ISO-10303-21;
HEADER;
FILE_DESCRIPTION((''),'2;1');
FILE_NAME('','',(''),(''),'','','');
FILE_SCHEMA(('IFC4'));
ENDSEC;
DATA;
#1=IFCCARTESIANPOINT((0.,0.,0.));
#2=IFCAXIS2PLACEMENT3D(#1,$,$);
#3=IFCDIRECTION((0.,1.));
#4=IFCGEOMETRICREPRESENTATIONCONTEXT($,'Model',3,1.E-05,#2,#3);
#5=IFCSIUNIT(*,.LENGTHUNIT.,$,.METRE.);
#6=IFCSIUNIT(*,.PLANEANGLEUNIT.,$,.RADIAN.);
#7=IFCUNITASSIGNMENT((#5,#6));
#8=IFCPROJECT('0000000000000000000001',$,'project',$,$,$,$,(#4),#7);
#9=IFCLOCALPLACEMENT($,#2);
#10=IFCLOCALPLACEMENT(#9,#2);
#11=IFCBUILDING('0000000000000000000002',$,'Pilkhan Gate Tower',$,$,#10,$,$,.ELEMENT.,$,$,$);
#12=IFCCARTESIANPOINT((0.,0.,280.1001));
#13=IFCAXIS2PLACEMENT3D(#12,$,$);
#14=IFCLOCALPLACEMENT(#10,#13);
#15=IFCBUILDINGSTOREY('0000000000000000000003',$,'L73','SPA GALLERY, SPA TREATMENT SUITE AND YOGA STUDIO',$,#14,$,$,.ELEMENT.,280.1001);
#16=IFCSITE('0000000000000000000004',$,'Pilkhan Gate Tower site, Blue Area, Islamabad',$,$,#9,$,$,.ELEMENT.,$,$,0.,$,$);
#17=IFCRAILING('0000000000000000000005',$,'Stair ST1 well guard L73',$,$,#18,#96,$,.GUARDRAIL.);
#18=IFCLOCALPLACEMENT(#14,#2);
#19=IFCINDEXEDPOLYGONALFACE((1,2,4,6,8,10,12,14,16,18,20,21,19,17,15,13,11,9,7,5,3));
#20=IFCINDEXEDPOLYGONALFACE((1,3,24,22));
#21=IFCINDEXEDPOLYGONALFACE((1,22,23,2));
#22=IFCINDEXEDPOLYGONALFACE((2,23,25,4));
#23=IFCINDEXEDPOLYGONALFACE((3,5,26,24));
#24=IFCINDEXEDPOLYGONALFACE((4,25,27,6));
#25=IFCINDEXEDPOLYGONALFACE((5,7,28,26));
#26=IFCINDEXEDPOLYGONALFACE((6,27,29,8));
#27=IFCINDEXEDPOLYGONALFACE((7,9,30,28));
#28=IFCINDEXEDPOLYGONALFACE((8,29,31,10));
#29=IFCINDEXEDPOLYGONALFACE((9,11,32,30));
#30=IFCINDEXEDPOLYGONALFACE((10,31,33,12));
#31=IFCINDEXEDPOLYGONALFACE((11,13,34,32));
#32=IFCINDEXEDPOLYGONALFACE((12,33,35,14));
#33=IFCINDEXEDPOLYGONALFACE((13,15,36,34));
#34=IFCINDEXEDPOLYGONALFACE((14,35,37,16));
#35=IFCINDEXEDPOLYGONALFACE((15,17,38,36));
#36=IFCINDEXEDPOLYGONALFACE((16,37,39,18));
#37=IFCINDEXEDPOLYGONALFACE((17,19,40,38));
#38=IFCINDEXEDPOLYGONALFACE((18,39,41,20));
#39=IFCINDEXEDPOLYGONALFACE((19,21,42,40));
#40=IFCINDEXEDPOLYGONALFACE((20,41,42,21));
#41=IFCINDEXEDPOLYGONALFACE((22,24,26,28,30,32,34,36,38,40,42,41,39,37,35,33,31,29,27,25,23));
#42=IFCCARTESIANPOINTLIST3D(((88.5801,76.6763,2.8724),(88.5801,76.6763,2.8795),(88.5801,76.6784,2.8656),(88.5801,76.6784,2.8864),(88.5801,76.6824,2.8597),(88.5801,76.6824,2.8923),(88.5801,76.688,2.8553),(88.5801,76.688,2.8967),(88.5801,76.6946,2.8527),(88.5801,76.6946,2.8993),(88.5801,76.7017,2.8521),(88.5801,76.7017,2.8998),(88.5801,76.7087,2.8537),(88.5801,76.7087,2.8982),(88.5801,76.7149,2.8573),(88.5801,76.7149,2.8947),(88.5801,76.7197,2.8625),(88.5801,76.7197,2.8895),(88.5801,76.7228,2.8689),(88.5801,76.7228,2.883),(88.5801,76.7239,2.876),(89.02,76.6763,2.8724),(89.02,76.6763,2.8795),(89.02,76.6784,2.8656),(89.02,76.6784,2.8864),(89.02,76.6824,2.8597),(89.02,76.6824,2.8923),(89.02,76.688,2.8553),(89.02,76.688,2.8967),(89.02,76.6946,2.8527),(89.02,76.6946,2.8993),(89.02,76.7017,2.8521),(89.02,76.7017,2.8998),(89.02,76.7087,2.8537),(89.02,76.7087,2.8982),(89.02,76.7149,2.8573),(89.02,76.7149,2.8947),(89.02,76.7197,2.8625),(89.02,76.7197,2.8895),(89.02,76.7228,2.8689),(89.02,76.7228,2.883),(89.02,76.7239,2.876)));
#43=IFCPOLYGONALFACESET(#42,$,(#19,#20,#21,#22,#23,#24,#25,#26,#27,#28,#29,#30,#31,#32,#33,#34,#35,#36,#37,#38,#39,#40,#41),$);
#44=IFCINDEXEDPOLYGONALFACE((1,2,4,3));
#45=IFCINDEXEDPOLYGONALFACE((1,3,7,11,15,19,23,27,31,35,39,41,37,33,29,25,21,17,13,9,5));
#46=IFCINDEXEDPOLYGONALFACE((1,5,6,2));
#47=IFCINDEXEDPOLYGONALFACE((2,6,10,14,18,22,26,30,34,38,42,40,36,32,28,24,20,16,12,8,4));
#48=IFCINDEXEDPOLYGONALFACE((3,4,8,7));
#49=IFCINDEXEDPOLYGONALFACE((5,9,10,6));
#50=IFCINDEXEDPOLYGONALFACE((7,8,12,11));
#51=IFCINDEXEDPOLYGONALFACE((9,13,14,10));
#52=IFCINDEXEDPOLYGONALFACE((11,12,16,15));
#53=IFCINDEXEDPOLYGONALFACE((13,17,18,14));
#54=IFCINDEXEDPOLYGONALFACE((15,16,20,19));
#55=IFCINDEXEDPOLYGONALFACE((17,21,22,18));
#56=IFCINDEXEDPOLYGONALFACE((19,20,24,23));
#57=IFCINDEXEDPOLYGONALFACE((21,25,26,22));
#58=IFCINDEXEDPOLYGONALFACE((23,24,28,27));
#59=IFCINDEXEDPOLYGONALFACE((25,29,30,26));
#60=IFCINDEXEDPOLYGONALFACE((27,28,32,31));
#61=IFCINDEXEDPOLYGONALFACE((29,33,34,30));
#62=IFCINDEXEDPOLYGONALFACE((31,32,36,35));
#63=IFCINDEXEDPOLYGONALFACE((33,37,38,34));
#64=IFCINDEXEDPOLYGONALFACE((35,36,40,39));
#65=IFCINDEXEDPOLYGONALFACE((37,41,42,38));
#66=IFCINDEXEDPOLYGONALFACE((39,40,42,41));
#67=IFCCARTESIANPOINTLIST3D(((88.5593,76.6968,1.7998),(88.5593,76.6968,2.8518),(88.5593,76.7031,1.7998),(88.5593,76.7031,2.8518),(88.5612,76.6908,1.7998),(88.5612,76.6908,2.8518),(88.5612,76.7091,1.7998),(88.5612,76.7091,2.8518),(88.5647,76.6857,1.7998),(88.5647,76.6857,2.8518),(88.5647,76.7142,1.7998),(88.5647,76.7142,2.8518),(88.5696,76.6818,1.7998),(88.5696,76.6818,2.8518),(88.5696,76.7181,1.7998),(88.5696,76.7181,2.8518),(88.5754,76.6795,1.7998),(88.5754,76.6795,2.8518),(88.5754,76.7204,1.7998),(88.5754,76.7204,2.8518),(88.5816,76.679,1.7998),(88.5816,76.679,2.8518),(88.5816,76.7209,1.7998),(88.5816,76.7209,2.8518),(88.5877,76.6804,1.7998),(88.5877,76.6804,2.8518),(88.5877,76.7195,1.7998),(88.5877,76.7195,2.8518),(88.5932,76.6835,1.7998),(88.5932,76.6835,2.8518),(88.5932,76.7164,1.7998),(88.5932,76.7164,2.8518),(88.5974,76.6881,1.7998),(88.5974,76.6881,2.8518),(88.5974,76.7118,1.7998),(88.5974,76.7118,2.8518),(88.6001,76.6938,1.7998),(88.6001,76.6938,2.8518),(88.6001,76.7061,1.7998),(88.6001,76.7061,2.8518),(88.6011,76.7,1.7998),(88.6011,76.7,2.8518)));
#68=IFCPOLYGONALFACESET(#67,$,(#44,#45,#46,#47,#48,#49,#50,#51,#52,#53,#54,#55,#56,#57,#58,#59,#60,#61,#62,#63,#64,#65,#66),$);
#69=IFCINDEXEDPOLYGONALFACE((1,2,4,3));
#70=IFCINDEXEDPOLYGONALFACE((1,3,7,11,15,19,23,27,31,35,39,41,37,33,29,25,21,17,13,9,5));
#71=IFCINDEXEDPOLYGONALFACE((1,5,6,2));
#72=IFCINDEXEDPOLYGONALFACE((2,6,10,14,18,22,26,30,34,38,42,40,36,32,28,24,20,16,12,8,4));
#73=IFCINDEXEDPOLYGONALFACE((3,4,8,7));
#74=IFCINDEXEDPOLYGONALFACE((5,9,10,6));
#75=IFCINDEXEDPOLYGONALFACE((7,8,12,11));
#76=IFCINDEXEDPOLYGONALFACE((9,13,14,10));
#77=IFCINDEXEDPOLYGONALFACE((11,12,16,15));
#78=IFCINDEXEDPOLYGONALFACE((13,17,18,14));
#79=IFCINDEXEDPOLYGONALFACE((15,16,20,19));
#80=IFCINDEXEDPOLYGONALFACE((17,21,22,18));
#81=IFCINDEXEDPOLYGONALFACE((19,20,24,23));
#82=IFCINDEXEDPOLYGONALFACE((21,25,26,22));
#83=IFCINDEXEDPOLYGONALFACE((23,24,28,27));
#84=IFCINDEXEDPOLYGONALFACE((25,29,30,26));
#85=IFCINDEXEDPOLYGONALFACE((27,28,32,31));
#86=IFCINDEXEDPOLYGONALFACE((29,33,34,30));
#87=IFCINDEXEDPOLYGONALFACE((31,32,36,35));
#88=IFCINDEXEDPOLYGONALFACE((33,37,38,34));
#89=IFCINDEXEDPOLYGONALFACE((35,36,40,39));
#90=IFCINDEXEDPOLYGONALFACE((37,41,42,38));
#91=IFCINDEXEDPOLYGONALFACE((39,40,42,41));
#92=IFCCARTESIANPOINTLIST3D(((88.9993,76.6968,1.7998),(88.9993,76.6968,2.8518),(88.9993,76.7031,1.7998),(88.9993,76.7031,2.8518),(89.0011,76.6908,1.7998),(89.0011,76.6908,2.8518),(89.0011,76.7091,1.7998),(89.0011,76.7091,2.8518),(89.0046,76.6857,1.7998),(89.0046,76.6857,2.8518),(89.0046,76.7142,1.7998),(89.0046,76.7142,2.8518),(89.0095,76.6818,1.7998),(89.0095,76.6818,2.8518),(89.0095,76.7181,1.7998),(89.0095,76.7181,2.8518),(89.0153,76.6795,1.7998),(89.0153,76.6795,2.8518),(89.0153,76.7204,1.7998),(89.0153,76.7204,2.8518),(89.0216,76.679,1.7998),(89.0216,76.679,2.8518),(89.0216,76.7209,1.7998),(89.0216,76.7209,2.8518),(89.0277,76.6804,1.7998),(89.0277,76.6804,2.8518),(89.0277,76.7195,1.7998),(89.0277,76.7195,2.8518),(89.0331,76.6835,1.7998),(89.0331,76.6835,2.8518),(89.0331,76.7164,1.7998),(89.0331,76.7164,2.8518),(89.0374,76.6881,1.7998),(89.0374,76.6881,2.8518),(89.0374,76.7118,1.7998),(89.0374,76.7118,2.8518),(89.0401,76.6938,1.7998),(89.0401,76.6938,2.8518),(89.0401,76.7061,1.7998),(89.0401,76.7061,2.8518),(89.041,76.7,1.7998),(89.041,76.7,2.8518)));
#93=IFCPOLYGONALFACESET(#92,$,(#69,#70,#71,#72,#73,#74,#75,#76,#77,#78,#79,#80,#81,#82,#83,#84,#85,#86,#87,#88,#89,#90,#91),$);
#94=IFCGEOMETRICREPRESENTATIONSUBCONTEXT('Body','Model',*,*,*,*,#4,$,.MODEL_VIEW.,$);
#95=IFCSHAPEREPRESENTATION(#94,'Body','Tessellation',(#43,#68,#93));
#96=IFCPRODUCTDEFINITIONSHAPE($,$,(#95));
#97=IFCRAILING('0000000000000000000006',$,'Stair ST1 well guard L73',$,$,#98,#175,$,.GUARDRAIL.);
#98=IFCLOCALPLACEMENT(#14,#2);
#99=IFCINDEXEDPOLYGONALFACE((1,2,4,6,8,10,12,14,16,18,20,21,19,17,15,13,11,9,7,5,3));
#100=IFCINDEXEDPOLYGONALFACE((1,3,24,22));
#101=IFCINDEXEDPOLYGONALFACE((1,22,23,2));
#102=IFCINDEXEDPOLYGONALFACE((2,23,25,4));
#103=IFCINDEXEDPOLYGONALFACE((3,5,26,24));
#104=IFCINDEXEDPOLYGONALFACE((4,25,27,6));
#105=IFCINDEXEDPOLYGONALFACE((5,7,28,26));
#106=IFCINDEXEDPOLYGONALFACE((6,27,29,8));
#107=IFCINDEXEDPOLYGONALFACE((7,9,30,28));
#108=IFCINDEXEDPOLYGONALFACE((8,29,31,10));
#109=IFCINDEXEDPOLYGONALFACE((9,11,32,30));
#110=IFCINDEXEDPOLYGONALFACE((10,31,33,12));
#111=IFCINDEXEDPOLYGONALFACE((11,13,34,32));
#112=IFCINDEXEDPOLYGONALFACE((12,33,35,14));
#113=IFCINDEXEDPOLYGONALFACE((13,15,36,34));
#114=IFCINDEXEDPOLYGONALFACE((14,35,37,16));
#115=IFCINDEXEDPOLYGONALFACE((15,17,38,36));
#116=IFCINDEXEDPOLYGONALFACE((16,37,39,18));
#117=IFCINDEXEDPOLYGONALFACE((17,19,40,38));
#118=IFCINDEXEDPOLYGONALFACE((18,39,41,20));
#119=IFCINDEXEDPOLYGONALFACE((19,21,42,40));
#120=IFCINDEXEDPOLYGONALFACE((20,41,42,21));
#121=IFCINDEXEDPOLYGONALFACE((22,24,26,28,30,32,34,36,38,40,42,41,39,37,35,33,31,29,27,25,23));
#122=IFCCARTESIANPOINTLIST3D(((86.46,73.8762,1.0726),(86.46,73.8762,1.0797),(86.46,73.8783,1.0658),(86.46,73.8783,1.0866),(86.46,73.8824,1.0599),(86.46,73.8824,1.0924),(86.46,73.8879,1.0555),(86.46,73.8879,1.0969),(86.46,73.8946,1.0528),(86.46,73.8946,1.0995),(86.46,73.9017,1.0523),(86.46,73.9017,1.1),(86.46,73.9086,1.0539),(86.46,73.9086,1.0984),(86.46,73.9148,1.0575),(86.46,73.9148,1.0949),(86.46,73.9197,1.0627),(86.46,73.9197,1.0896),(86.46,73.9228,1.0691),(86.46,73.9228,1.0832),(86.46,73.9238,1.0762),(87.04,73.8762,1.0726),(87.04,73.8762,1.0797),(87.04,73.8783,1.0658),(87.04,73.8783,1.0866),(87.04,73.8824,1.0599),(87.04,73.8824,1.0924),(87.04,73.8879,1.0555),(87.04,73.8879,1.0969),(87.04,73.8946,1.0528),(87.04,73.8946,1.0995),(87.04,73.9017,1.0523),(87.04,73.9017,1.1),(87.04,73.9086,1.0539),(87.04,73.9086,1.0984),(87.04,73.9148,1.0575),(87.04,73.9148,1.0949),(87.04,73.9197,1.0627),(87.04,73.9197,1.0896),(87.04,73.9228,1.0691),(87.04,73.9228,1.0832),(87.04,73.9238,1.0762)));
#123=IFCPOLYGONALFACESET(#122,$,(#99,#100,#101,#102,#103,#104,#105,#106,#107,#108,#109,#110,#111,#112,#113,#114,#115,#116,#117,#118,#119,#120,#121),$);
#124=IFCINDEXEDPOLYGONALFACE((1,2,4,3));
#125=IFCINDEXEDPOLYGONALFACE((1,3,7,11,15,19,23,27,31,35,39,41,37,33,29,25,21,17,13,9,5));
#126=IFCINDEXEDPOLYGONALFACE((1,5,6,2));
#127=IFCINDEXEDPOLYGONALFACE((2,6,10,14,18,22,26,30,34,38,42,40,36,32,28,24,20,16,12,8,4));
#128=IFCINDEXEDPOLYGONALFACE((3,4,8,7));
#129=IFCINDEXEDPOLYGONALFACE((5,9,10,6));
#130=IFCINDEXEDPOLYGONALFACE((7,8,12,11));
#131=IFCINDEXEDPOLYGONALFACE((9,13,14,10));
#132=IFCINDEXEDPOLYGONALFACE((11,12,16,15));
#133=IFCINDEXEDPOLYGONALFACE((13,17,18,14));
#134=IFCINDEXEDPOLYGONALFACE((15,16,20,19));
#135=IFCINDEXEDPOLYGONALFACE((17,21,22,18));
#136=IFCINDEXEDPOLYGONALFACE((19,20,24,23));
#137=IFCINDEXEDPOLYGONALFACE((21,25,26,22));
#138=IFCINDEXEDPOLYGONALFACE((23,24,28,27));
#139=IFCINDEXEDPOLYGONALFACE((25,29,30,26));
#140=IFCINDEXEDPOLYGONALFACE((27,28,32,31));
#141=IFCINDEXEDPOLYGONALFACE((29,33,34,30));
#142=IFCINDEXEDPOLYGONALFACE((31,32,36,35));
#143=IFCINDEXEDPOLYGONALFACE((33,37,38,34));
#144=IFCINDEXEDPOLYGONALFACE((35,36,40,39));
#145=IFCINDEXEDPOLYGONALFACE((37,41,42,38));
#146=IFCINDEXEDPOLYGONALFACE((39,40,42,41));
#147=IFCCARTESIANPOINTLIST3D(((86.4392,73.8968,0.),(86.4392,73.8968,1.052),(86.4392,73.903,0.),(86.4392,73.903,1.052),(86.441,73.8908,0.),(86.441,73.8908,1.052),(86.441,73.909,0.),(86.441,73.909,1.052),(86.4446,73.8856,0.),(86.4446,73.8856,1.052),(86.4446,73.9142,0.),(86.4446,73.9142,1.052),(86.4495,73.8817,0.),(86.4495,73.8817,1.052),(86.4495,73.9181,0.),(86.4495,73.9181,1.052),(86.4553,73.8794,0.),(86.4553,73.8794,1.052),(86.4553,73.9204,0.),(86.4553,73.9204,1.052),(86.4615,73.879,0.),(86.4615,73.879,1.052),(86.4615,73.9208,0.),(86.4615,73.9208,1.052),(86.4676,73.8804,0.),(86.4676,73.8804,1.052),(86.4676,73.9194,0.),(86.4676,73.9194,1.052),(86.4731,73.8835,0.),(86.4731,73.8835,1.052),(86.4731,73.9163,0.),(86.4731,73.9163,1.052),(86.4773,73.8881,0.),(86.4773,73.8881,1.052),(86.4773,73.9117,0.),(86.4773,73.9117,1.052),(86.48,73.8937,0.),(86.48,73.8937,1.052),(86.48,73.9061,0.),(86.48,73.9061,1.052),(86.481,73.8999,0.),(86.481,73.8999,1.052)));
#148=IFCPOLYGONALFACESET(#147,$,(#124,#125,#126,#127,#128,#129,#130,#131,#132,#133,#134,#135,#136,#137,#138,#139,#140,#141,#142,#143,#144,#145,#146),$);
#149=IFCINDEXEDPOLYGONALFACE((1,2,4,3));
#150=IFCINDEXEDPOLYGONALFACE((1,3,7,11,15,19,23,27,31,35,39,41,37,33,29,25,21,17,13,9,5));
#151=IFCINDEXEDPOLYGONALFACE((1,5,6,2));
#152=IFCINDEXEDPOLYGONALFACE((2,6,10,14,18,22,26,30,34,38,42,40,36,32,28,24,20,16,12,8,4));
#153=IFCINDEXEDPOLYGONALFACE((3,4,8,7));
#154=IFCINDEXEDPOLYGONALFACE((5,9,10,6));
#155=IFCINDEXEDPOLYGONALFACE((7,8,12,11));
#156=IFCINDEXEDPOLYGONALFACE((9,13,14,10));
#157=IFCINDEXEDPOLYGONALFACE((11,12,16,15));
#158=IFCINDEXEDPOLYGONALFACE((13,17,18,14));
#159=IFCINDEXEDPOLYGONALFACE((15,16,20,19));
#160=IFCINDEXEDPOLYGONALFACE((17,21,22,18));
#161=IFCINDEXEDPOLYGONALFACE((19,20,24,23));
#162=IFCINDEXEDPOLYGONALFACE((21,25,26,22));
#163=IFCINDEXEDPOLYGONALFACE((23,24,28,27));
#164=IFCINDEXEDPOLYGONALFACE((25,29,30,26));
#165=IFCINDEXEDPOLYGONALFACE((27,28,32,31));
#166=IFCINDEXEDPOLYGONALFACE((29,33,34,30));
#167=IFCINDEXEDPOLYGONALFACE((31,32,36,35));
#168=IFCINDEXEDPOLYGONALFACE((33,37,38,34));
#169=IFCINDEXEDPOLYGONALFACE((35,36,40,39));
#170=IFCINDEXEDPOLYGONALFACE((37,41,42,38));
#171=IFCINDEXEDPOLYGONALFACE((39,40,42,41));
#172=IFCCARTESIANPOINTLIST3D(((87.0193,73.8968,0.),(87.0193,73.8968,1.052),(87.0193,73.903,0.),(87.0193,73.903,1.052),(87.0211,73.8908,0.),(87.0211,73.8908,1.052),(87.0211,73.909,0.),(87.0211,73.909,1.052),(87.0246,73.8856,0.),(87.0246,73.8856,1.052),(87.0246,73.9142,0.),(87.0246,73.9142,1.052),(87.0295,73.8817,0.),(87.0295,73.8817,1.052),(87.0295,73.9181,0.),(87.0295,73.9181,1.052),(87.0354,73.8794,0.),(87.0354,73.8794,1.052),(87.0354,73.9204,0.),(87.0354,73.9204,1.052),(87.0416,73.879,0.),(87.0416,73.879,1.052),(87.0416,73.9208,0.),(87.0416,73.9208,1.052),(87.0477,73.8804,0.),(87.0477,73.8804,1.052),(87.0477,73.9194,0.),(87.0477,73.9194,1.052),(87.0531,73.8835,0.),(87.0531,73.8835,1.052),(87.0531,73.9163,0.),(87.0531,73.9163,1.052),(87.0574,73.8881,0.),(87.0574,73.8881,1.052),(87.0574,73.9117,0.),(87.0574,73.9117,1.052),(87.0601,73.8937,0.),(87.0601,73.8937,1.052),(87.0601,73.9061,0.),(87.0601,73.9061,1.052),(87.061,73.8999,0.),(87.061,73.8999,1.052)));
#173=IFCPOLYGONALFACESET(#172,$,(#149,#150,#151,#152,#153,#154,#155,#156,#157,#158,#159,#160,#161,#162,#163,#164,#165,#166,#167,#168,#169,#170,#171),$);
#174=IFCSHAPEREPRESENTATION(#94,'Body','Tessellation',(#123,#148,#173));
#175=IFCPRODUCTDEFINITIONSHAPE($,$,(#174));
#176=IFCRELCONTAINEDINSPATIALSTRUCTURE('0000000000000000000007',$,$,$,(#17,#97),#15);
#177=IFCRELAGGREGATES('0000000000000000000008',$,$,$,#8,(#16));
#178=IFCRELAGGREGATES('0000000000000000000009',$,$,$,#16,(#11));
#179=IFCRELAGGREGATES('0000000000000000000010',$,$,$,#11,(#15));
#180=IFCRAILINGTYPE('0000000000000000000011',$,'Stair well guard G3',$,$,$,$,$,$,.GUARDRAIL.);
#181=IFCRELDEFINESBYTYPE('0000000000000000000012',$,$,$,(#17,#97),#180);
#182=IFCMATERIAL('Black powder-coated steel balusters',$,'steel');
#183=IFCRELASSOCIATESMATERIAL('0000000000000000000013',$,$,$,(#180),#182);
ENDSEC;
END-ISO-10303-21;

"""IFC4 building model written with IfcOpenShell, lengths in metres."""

from ifc_helpers import new_model, si_unit, direction, frame, origin, origin_2d, place, context, subcontext, project, spatial, circle, extrude, material, type_object, element, save


model = new_model("IFC4")

# Units and contexts
model_context = context("Model", 3, precision=1e-05, world=origin(), true_north=direction((0.0, 1.0)))
body_context = subcontext(model_context, "Body", "Model", "MODEL_VIEW")
ifc_project = project(units=[si_unit("LENGTHUNIT", "METRE"), si_unit("PLANEANGLEUNIT", "RADIAN")], contexts=[model_context])

# Site, building, storey
site_placement = place(None, origin())
site = spatial("IfcSite", under=ifc_project, at=site_placement, Name="Pilkhan Gate Tower site, Blue Area, Islamabad", CompositionType="ELEMENT", RefElevation=0.0)
building_placement = place(site_placement, origin())
building = spatial("IfcBuilding", under=site, at=building_placement, Name="Pilkhan Gate Tower", CompositionType="ELEMENT")
storey_placement = place(building_placement, frame((0.0, 0.0, 280.1001)))
storey = spatial("IfcBuildingStorey", under=building, at=storey_placement, Name="L73", Description="SPA GALLERY, SPA TREATMENT SUITE AND YOGA STUDIO", CompositionType="ELEMENT", Elevation=280.1001)

# Railings
ifc_material_1 = material(Name="Black powder-coated steel balusters", Category="steel")
railing_type_1 = type_object("IfcRailingType", Name="Stair well guard G3", PredefinedType="GUARDRAIL", material=ifc_material_1)
railing_1_placement = place(storey_placement, frame((88.5801, 76.7, 1.7998)))
element("IfcRailing", 1, at=railing_1_placement, inside=storey, type_object=railing_type_1, Name="Stair ST1 well guard L73", PredefinedType="GUARDRAIL", context=body_context, shape_type="SweptSolid", body=[
    extrude(circle(Radius=0.0239, at=origin_2d()), frame((0.0, 0.0, 1.0762), z_axis=(1.0, 0.0, 0.0), x_axis=(0.0, 1.0, 0.0)), (0.0, 0.0, 1.0), 0.4399),
    extrude(circle(Radius=0.021, at=origin_2d()), origin(), (0.0, 0.0, 1.0), 1.052),
    extrude(circle(Radius=0.021, at=origin_2d()), frame((0.4399, 0.0, 0.0)), (0.0, 0.0, 1.0), 1.052),
])
for number, where, name in (
    (2, (86.46, 73.8999, 0.0), "Stair ST1 well guard L73"),
):
    element("IfcRailing", number, at=place(storey_placement, frame(where)), inside=storey, type_object=railing_type_1, Name=name, PredefinedType="GUARDRAIL", context=body_context, shape_type="SweptSolid", body=[
        extrude(circle(Radius=0.0239, at=origin_2d()), frame((0.0, 0.0, 1.0762), z_axis=(1.0, 0.0, 0.0), x_axis=(0.0, 1.0, 0.0)), (0.0, 0.0, 1.0), 0.5801),
        extrude(circle(Radius=0.021, at=origin_2d()), origin(), (0.0, 0.0, 1.0), 1.052),
        extrude(circle(Radius=0.021, at=origin_2d()), frame((0.5801, 0.0, 0.0)), (0.0, 0.0, 1.0), 1.052),
    ])

save(model, "model.ifc")
